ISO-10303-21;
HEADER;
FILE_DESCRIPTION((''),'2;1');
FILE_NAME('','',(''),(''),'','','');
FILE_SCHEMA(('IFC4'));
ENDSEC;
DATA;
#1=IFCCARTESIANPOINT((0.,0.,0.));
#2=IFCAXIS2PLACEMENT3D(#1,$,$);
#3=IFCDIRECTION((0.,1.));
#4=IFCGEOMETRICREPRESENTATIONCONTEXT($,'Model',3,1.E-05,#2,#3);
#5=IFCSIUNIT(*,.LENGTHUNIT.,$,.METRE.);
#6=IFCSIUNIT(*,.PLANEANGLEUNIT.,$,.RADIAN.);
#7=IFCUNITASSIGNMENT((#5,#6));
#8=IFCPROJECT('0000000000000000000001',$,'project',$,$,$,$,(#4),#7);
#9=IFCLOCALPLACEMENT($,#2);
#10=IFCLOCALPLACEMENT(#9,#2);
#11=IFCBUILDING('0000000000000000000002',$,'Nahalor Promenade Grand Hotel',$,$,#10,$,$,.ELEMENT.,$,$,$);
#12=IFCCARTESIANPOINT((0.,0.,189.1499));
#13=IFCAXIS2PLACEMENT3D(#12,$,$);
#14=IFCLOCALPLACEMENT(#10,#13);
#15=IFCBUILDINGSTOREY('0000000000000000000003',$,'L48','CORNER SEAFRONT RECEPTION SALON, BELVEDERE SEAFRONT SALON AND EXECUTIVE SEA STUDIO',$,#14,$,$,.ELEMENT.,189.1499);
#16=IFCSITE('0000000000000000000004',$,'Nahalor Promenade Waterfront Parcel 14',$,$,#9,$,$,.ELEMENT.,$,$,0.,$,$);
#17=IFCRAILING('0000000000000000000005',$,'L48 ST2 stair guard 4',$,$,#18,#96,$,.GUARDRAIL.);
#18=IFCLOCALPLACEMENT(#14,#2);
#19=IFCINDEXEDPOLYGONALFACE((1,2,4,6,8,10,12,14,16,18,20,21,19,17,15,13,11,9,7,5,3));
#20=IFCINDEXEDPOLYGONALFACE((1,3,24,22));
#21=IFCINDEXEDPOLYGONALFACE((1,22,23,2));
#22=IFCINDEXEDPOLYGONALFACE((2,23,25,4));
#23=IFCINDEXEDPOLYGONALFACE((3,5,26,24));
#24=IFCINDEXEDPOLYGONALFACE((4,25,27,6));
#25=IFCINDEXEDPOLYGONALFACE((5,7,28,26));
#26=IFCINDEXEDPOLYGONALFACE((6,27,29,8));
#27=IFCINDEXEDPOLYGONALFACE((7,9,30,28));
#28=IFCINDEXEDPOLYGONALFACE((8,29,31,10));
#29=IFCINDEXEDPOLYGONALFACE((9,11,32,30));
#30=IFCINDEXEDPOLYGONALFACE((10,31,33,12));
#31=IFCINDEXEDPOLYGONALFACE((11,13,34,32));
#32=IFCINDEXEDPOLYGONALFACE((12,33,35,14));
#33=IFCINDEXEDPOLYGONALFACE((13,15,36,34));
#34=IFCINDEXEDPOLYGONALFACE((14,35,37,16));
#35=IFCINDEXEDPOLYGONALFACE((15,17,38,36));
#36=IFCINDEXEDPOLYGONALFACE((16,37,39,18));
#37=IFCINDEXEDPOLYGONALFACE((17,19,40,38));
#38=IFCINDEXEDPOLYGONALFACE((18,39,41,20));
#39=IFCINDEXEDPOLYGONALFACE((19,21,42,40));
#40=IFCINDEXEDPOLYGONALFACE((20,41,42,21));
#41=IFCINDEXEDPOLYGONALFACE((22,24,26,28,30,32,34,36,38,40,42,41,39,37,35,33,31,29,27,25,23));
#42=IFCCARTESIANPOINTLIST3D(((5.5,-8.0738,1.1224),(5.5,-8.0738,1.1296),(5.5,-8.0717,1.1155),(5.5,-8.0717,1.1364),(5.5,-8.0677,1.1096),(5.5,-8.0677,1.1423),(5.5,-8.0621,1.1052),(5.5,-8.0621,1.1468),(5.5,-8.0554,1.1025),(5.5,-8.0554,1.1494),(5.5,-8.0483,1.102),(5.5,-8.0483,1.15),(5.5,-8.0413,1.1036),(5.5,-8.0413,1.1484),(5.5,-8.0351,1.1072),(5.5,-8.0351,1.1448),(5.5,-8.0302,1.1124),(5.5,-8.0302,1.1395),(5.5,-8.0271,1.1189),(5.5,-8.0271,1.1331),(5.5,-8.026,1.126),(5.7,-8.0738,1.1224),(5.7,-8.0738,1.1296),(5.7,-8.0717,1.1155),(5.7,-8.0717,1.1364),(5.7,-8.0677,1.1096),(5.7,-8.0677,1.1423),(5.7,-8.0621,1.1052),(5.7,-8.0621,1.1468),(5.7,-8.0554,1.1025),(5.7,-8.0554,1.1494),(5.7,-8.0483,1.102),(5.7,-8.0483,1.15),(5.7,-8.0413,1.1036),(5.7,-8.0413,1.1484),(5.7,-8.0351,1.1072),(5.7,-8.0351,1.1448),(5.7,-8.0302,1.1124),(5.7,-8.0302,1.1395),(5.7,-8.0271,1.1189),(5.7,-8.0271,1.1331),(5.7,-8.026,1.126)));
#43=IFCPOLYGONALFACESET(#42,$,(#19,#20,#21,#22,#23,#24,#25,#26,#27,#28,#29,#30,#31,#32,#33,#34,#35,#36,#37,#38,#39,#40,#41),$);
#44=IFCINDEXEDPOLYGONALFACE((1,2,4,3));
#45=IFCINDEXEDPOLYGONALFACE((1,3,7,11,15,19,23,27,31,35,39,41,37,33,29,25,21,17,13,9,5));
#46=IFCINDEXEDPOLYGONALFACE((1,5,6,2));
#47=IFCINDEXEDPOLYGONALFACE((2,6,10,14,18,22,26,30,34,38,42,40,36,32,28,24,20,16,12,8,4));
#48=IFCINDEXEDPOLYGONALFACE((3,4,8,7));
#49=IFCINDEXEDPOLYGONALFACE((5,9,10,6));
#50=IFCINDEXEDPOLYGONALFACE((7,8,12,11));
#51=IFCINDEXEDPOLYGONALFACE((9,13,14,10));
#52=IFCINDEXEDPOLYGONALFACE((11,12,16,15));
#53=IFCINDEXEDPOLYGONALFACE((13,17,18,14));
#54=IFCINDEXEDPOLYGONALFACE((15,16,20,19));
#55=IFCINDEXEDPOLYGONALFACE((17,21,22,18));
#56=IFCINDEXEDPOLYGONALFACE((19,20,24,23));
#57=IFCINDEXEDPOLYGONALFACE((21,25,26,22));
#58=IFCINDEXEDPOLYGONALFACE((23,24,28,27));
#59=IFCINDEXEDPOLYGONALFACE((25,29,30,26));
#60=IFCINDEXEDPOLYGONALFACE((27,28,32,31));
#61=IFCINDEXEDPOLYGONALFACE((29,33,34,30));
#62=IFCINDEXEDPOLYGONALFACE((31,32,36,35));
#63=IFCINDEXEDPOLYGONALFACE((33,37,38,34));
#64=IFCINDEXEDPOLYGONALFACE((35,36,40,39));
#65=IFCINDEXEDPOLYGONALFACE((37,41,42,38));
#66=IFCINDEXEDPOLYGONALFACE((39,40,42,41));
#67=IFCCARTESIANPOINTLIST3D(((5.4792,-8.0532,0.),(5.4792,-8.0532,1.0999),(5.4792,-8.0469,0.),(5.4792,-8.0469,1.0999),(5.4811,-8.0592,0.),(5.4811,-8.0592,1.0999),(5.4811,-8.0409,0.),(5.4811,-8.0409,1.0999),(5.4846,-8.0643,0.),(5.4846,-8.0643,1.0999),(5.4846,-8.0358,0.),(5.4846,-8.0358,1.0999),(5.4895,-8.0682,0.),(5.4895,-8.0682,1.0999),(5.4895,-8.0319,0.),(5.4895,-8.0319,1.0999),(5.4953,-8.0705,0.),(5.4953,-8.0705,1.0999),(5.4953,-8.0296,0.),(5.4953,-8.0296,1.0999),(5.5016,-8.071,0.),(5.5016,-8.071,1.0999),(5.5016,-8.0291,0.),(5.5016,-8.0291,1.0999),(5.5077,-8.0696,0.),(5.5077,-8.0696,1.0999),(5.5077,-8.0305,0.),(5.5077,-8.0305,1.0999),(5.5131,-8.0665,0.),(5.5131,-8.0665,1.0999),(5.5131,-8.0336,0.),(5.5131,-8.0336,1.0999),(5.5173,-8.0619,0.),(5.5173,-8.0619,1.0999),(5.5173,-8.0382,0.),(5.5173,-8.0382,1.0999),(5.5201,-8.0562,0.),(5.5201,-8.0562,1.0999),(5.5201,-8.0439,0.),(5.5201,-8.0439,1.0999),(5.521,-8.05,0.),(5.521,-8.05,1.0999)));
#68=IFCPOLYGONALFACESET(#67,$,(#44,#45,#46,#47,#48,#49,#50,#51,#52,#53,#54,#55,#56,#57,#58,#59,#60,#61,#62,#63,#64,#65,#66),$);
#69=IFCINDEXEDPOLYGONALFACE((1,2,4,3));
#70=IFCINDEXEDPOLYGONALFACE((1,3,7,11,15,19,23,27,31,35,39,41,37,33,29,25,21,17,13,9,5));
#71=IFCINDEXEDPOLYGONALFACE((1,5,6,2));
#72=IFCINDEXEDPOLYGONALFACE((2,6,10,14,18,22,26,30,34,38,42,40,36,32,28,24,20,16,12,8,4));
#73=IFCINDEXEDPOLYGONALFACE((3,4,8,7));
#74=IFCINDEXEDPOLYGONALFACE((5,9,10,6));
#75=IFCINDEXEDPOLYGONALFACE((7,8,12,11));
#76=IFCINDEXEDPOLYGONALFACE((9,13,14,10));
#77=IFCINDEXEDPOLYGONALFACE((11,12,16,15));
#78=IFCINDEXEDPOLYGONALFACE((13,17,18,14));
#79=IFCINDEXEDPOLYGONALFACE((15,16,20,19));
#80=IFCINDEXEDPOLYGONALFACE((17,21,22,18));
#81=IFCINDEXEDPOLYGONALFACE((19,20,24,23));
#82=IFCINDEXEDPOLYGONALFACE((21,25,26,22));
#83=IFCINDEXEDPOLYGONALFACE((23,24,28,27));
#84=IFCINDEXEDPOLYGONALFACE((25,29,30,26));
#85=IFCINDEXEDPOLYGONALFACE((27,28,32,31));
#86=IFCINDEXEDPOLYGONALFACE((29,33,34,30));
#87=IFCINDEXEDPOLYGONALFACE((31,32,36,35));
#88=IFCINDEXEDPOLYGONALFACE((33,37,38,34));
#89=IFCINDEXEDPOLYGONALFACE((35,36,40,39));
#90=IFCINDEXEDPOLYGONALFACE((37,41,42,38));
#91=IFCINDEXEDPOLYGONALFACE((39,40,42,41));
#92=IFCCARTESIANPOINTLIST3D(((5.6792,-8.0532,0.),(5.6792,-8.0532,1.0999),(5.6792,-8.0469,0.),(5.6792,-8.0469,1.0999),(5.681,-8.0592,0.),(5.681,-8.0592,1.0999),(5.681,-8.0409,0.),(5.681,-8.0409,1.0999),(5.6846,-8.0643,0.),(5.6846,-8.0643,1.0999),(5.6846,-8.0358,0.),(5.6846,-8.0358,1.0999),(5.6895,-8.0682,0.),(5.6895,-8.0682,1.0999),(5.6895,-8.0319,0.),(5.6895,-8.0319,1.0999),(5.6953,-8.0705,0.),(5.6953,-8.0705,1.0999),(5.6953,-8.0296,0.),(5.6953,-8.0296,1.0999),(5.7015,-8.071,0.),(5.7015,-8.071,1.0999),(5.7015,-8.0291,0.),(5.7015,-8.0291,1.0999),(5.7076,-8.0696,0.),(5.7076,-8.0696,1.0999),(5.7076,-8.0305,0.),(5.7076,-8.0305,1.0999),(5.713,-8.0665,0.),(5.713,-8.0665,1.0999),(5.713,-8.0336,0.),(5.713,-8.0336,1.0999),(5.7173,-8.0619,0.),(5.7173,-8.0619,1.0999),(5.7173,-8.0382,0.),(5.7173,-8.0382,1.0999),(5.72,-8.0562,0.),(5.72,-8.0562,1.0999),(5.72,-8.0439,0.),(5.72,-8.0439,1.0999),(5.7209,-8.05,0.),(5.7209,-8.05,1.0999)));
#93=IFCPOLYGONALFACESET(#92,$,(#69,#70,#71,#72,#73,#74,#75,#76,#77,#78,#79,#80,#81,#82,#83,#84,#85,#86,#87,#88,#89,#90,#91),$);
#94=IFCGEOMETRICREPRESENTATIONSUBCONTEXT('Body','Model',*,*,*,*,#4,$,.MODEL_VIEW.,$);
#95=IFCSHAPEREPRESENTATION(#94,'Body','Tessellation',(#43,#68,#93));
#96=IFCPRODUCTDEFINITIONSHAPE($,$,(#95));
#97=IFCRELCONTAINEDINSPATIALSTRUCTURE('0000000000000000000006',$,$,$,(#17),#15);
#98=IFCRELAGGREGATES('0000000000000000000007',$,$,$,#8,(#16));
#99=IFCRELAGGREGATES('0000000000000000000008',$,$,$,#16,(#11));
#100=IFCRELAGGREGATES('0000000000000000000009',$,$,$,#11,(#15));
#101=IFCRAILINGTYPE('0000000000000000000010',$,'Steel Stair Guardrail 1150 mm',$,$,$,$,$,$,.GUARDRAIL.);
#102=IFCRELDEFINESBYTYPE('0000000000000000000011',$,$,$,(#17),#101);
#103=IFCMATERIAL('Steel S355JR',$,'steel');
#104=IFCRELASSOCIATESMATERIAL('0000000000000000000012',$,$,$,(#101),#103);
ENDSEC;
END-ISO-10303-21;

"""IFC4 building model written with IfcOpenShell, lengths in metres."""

from ifc_helpers import new_model, si_unit, direction, frame, origin, origin_2d, place, context, subcontext, project, spatial, circle, extrude, material, type_object, element, save


model = new_model("IFC4")

# Units and contexts
model_context = context("Model", 3, precision=1e-05, world=origin(), true_north=direction((0.0, 1.0)))
body_context = subcontext(model_context, "Body", "Model", "MODEL_VIEW")
ifc_project = project(units=[si_unit("LENGTHUNIT", "METRE"), si_unit("PLANEANGLEUNIT", "RADIAN")], contexts=[model_context])

# Site, building, storey
site_placement = place(None, origin())
site = spatial("IfcSite", under=ifc_project, at=site_placement, Name="Nahalor Promenade Waterfront Parcel 14", CompositionType="ELEMENT", RefElevation=0.0)
building_placement = place(site_placement, origin())
building = spatial("IfcBuilding", under=site, at=building_placement, Name="Nahalor Promenade Grand Hotel", CompositionType="ELEMENT")
storey_placement = place(building_placement, frame((0.0, 0.0, 189.1499)))
storey = spatial("IfcBuildingStorey", under=building, at=storey_placement, Name="L48", Description="CORNER SEAFRONT RECEPTION SALON, BELVEDERE SEAFRONT SALON AND EXECUTIVE SEA STUDIO", CompositionType="ELEMENT", Elevation=189.1499)

# Shared definitions
ifc_material_1 = material(Name="Steel S355JR", Category="steel")

# Railing
railing_type_1 = type_object("IfcRailingType", Name="Steel Stair Guardrail 1150 mm", PredefinedType="GUARDRAIL", material=ifc_material_1)
railing_1_placement = place(storey_placement, frame((5.5, -8.05, 0.0)))
element("IfcRailing", 1, at=railing_1_placement, inside=storey, type_object=railing_type_1, Name="L48 ST2 stair guard 4", PredefinedType="GUARDRAIL", context=body_context, shape_type="SweptSolid", body=[
    extrude(circle(Radius=0.024, at=origin_2d()), frame((0.0, 0.0, 1.126), z_axis=(1.0, 0.0, 0.0), x_axis=(0.0, 1.0, 0.0)), (0.0, 0.0, 1.0), 0.2),
    extrude(circle(Radius=0.021, at=origin_2d()), origin(), (0.0, 0.0, 1.0), 1.0999),
    extrude(circle(Radius=0.021, at=origin_2d()), frame((0.2, 0.0, 0.0)), (0.0, 0.0, 1.0), 1.0999),
])

save(model, "model.ifc")
